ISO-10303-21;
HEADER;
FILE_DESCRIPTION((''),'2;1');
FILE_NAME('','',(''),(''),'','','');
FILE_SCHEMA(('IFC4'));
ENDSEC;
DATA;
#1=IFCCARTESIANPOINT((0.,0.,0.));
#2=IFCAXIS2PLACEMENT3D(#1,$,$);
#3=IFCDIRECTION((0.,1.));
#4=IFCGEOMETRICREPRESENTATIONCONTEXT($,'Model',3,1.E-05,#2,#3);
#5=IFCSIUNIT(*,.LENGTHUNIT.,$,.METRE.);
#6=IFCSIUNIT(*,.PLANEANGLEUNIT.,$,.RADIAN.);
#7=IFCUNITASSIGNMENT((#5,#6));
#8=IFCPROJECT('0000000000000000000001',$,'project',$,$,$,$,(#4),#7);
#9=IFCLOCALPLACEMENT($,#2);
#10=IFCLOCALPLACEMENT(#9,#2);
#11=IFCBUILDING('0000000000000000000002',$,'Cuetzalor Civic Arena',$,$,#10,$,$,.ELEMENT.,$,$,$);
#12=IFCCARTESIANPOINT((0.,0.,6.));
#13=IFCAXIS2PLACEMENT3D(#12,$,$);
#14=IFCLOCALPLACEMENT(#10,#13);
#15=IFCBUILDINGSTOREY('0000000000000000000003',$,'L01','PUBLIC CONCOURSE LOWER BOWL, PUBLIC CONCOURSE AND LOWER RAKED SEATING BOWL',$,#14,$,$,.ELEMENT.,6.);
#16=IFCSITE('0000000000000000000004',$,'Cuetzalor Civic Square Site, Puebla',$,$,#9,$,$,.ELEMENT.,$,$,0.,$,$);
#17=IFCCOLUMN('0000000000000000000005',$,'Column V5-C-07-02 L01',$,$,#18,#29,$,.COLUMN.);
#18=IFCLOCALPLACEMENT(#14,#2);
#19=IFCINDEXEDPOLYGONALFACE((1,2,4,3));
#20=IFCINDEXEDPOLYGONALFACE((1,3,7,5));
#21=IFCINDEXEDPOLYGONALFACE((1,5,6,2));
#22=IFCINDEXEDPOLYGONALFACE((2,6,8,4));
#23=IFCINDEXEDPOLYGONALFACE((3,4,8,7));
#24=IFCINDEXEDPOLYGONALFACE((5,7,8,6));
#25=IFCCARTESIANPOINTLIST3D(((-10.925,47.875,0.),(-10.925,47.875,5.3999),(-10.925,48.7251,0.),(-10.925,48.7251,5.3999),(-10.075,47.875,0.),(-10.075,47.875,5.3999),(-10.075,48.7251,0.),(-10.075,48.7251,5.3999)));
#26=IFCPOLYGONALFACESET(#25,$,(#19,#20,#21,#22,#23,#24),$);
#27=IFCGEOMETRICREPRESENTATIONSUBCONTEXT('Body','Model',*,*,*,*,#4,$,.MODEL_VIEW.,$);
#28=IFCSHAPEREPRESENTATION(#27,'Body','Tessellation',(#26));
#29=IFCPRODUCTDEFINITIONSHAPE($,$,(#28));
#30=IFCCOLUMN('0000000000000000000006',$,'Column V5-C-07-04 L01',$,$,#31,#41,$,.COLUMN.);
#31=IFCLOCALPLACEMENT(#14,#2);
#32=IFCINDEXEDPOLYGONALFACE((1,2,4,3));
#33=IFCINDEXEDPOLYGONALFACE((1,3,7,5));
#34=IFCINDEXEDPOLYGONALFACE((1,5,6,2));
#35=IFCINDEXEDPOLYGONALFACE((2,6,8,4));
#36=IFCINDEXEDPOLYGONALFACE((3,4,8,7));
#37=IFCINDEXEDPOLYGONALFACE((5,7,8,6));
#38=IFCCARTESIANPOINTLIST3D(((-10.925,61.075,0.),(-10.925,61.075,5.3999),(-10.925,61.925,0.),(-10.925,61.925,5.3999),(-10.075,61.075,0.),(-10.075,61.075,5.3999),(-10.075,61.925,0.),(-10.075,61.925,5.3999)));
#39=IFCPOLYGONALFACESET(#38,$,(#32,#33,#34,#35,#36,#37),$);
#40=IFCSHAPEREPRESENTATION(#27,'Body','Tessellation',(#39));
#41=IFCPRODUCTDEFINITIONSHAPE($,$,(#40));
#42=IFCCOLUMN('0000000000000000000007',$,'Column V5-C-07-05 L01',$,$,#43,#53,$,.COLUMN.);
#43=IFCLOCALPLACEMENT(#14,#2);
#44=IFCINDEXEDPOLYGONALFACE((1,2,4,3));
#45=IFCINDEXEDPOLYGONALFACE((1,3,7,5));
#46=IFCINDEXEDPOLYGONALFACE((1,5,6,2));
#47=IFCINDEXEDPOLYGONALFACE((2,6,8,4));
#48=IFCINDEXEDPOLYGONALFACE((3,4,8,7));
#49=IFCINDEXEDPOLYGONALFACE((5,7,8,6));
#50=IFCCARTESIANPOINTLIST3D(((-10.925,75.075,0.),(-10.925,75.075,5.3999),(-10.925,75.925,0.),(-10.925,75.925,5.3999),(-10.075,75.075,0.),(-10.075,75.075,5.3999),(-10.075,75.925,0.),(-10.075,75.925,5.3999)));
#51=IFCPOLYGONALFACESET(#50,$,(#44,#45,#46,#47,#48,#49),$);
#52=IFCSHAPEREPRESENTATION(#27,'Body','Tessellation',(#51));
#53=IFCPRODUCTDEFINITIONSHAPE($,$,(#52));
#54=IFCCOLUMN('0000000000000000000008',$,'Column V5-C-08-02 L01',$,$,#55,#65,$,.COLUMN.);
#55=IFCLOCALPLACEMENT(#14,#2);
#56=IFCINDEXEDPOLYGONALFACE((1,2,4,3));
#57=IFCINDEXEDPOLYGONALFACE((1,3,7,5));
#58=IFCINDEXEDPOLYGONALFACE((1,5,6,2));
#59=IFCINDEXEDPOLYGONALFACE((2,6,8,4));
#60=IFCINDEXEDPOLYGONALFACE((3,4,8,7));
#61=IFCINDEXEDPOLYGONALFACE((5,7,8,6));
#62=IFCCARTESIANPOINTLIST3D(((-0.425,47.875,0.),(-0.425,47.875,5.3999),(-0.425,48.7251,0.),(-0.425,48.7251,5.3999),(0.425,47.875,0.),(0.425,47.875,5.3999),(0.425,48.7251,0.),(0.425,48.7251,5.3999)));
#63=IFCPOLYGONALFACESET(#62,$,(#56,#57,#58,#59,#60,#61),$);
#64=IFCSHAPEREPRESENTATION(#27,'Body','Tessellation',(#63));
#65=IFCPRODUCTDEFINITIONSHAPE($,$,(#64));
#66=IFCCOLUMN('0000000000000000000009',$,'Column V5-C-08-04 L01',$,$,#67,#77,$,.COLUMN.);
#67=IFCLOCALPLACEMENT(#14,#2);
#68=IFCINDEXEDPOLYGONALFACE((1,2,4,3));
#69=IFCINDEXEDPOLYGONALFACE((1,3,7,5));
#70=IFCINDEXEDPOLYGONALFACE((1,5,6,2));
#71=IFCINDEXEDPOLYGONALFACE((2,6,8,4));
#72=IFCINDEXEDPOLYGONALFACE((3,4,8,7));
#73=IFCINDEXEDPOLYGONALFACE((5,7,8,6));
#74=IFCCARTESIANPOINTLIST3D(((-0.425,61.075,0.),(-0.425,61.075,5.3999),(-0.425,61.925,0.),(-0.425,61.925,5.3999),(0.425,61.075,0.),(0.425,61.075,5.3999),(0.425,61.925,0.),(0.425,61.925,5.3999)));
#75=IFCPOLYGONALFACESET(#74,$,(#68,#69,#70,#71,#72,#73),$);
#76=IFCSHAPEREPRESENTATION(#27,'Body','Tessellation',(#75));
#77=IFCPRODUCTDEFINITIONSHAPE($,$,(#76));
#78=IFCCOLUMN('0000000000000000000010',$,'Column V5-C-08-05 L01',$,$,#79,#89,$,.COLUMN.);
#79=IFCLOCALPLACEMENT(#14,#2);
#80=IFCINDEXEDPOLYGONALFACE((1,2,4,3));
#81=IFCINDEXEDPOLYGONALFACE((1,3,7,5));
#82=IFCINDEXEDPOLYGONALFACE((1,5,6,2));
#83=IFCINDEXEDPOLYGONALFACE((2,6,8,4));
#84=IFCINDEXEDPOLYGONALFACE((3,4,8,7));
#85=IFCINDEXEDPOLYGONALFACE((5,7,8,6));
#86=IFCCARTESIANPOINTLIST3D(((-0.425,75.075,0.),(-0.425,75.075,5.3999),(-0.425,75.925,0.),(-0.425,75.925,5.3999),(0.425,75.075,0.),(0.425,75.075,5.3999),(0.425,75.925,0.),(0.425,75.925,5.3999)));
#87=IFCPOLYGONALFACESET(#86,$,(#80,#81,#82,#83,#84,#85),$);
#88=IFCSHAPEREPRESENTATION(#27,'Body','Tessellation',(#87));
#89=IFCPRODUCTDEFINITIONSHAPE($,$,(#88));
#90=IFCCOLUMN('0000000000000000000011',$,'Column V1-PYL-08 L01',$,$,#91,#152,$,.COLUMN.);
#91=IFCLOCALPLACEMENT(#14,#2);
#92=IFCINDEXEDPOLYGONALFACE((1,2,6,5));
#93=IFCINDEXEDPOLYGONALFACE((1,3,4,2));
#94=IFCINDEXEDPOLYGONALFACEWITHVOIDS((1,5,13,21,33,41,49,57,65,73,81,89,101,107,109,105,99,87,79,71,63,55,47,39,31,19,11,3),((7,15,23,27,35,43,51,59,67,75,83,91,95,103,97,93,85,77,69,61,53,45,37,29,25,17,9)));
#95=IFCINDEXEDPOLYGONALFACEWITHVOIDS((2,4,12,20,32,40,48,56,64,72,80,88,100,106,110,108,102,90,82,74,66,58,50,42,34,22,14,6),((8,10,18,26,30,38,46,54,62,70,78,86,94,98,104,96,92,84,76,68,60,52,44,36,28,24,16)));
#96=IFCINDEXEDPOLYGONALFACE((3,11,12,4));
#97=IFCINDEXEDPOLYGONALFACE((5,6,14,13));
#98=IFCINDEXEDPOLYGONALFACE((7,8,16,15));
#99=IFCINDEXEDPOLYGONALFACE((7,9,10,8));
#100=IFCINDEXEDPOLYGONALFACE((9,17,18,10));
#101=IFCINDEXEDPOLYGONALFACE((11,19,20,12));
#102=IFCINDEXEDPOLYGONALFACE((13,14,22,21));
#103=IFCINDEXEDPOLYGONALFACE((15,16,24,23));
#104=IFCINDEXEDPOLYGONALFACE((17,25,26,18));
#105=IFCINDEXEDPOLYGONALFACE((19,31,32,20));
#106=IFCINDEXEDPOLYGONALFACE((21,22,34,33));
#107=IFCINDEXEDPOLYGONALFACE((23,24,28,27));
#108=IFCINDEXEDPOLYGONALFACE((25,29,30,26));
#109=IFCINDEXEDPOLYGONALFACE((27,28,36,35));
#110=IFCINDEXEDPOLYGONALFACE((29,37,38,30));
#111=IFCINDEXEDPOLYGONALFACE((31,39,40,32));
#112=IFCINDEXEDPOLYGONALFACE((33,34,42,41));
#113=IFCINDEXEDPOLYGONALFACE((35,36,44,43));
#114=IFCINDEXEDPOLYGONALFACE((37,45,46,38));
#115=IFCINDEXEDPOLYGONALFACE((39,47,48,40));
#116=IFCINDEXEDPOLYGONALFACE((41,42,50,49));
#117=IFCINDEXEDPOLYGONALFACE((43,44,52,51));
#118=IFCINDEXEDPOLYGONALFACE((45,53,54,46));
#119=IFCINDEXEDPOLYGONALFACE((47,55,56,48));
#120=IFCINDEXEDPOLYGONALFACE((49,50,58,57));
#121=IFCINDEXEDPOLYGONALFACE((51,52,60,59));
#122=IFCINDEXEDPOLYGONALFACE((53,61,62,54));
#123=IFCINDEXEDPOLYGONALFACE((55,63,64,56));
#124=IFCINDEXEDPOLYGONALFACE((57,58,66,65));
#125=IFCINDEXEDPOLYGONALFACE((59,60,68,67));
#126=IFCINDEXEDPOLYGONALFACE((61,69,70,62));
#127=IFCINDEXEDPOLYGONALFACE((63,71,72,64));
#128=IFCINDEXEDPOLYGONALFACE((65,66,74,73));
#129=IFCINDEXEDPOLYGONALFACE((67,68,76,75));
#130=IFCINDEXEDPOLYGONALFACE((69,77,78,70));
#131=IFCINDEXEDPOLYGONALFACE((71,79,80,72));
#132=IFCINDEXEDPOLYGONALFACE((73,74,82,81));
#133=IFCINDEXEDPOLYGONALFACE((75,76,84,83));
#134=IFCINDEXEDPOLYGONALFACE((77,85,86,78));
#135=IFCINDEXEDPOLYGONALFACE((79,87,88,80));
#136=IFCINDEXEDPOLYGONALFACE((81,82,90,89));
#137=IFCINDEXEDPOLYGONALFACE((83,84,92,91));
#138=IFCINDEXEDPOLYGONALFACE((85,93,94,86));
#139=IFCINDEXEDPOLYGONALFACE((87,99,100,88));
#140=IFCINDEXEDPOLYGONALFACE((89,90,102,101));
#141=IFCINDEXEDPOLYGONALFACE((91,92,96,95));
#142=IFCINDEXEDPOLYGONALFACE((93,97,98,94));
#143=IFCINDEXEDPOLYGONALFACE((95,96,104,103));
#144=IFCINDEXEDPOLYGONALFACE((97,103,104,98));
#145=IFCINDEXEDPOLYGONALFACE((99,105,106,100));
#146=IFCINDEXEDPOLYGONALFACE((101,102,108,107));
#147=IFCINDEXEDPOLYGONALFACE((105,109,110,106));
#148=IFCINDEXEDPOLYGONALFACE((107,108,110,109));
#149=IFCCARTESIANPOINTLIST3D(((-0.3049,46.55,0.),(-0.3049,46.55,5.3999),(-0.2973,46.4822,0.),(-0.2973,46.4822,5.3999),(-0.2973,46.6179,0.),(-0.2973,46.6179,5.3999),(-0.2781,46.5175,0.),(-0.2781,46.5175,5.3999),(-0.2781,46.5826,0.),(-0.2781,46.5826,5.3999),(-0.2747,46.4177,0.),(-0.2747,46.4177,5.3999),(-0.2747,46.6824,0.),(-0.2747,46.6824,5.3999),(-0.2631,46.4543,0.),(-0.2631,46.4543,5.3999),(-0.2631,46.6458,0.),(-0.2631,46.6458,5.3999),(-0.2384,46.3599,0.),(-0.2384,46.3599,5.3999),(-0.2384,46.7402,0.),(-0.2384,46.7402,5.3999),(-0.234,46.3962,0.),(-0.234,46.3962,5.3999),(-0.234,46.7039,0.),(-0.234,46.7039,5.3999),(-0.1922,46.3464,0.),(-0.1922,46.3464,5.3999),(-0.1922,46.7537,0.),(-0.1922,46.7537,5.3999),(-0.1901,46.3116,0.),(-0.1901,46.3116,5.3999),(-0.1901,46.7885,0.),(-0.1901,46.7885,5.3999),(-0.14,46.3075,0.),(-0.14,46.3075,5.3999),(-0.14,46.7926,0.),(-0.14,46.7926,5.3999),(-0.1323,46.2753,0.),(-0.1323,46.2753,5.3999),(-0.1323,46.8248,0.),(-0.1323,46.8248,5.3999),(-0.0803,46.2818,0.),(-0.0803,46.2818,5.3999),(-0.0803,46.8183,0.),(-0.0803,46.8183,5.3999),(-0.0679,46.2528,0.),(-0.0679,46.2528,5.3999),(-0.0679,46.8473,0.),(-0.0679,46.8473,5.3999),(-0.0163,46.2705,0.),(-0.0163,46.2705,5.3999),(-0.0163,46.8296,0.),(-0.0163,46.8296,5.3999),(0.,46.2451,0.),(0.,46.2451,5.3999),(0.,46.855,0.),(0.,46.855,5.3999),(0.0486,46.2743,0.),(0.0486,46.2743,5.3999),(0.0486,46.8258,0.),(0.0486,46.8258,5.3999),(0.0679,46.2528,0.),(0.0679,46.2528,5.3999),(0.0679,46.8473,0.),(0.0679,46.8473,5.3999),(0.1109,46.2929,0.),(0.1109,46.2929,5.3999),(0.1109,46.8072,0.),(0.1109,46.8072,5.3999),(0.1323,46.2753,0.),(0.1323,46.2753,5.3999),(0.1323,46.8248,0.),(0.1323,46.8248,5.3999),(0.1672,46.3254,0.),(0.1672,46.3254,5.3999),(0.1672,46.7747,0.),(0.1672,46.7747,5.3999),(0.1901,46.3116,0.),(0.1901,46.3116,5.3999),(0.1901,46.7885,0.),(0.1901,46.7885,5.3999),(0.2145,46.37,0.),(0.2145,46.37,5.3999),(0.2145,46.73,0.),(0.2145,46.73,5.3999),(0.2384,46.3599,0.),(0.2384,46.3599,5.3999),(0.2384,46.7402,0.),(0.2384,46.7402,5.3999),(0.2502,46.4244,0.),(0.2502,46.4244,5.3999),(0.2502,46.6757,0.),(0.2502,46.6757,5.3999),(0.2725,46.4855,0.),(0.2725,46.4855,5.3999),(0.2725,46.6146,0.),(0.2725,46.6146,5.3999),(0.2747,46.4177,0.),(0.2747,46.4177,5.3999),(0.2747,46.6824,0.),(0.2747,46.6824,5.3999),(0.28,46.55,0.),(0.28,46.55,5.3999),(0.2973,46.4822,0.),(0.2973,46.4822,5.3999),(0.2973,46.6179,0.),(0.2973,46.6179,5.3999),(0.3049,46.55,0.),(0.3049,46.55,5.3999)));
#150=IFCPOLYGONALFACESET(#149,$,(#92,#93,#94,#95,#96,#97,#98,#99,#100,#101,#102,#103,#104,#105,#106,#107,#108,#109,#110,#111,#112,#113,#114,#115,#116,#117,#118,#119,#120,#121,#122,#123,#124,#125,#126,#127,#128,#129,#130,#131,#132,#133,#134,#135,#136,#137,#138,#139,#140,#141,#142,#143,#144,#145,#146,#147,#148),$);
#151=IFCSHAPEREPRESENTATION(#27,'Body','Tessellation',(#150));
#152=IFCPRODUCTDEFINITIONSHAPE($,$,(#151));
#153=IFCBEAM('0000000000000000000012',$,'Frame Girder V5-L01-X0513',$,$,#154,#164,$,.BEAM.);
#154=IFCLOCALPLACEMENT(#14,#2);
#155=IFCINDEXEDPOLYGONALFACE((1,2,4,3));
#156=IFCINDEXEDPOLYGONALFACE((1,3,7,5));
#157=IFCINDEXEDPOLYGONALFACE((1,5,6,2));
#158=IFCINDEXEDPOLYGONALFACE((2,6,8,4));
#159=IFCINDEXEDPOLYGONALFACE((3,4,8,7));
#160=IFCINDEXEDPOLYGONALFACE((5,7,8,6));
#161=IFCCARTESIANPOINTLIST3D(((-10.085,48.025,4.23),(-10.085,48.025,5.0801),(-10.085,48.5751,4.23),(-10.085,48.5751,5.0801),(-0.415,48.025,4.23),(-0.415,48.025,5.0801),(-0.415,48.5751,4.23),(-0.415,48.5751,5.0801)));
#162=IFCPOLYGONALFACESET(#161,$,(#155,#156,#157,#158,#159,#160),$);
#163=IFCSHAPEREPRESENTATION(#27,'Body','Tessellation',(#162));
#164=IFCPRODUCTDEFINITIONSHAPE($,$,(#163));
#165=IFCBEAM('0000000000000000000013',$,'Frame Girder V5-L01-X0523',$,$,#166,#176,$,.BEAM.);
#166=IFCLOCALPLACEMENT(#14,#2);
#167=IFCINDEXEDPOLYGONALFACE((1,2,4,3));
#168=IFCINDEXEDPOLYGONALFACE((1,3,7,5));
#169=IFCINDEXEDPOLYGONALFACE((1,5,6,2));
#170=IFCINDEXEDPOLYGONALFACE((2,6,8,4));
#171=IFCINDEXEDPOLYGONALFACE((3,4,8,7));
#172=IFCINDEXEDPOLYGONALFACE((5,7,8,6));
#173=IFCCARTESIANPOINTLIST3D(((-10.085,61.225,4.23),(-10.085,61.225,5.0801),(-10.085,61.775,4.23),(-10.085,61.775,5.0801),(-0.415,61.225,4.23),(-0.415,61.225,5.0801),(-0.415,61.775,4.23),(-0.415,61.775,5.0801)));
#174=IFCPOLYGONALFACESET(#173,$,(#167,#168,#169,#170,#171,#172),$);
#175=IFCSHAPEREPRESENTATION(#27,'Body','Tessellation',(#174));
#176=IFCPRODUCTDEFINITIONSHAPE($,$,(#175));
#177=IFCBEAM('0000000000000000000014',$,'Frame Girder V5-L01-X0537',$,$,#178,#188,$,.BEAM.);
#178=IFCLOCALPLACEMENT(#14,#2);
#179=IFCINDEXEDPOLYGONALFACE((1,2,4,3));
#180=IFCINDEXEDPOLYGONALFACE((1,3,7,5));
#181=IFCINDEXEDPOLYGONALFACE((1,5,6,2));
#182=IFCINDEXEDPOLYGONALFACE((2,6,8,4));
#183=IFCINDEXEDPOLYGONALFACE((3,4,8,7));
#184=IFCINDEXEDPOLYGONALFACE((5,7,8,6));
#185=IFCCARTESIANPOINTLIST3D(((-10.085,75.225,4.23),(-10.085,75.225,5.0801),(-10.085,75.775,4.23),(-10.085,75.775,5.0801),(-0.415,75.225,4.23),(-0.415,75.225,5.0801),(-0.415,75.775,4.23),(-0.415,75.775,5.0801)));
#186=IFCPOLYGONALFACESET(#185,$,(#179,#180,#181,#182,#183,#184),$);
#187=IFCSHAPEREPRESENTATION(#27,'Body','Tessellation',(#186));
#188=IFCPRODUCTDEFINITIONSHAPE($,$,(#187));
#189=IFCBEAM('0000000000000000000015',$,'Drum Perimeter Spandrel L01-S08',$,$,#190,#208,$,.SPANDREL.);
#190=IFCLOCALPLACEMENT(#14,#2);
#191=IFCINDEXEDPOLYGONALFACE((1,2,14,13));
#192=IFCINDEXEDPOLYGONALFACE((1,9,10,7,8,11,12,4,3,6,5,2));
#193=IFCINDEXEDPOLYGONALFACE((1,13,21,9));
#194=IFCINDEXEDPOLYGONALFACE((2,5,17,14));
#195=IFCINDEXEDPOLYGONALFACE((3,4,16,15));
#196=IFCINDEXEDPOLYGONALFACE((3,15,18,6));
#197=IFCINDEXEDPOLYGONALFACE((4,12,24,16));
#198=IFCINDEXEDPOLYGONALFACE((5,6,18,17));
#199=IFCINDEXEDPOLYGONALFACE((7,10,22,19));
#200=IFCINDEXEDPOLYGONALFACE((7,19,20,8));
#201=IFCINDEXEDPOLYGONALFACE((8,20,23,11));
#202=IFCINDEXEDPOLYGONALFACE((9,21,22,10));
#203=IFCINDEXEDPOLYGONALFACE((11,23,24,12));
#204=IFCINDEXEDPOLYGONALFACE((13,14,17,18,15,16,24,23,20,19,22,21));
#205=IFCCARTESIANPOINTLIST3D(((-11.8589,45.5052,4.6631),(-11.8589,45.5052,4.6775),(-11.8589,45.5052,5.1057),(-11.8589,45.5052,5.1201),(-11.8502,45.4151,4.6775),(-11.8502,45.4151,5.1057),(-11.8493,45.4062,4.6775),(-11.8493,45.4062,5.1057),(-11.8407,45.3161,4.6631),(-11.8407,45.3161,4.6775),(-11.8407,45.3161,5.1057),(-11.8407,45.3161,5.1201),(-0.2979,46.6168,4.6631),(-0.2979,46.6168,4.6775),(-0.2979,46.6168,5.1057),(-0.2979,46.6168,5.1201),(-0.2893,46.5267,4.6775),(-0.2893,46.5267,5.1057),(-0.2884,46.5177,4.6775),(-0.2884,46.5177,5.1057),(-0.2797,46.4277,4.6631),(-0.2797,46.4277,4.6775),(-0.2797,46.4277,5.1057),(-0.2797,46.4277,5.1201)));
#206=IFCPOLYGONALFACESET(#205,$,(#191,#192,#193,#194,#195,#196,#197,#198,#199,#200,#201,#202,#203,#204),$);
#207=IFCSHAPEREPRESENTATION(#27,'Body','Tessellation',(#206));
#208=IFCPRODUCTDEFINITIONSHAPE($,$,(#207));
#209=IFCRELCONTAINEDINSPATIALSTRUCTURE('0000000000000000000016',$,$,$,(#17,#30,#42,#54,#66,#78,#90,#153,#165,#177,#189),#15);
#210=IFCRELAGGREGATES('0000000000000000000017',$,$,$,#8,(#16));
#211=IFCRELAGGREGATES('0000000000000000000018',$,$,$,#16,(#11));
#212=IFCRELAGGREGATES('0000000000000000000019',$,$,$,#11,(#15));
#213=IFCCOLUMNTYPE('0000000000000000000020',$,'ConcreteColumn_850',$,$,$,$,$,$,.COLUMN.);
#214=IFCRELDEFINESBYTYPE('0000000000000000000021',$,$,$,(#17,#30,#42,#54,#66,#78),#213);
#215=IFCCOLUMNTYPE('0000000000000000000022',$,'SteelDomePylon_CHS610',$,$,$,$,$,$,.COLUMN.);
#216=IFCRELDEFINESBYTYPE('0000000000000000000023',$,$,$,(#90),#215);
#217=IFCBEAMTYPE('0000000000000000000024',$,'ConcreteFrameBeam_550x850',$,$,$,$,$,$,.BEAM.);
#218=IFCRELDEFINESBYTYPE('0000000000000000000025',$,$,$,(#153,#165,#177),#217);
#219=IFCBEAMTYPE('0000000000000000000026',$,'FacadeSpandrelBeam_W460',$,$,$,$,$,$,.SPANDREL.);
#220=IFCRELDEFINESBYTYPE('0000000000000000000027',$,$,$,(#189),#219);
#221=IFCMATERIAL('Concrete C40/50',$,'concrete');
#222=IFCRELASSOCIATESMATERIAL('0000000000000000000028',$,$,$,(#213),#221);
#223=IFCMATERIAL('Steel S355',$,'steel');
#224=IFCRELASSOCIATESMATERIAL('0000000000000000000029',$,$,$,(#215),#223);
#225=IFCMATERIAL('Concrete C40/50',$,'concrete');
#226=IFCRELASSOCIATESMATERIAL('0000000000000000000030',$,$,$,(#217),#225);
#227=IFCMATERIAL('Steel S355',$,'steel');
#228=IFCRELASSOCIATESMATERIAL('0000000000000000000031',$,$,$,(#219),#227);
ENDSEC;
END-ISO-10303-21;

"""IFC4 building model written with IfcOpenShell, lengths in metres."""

from ifc_helpers import new_model, si_unit, direction, frame, origin, origin_2d, place, context, subcontext, project, spatial, rectangle, hollow_circle, i_section, extrude, material, material_profile, profile_set, type_object, element, save


model = new_model("IFC4")

# Units and contexts
model_context = context("Model", 3, precision=1e-05, world=origin(), true_north=direction((0.0, 1.0)))
body_context = subcontext(model_context, "Body", "Model", "MODEL_VIEW")
ifc_project = project(units=[si_unit("LENGTHUNIT", "METRE"), si_unit("PLANEANGLEUNIT", "RADIAN")], contexts=[model_context])

# Site, building, storey
site_placement = place(None, origin())
site = spatial("IfcSite", under=ifc_project, at=site_placement, Name="Cuetzalor Civic Square Site, Puebla", CompositionType="ELEMENT", RefElevation=0.0)
building_placement = place(site_placement, origin())
building = spatial("IfcBuilding", under=site, at=building_placement, Name="Cuetzalor Civic Arena", CompositionType="ELEMENT")
storey_placement = place(building_placement, frame((0.0, 0.0, 6.0)))
storey = spatial("IfcBuildingStorey", under=building, at=storey_placement, Name="L01", Description="PUBLIC CONCOURSE LOWER BOWL, PUBLIC CONCOURSE AND LOWER RAKED SEATING BOWL", CompositionType="ELEMENT", Elevation=6.0)

# Columns
ifc_material_1 = material(Name="Concrete C40/50", Category="concrete")
ifc_material_profile_1 = material_profile(ifc_material_1, rectangle(XDim=0.8501, YDim=0.8501, at=origin_2d()), Name="RC 850x850")
ifc_profile_set_1 = profile_set([ifc_material_profile_1], Name="Concrete C40/50")
column_type_1 = type_object("IfcColumnType", Name="ConcreteColumn_850", PredefinedType="COLUMN", material=ifc_profile_set_1)
for number, where, z_axis, x_axis, name in (
    (1, (-10.5, 48.3, 0.0), (0.0, 0.0, 1.0), (1.0, 0.0, 0.0), "Column V5-C-07-02 L01"),
    (2, (-10.5, 61.5, 0.0), (0.0, 0.0, 1.0), (1.0, 0.0, 0.0), "Column V5-C-07-04 L01"),
    (3, (-10.5, 75.5, 0.0), (0.0, 0.0, 1.0), (1.0, 0.0, 0.0), "Column V5-C-07-05 L01"),
    (4, (0.0, 48.3, 0.0), (0.0, 0.0, 1.0), (1.0, 0.0, 0.0), "Column V5-C-08-02 L01"),
    (5, (0.0, 61.5, 0.0), (0.0, 0.0, 1.0), (1.0, 0.0, 0.0), "Column V5-C-08-04 L01"),
    (6, (0.0, 75.5, 0.0), (0.0, 0.0, 1.0), (1.0, 0.0, 0.0), "Column V5-C-08-05 L01"),
):
    element("IfcColumn", number, at=place(storey_placement, frame(where, z_axis=z_axis, x_axis=x_axis)), inside=storey, type_object=column_type_1, Name=name, PredefinedType="COLUMN", context=body_context, shape_type="SweptSolid", body=[
        extrude(rectangle(XDim=0.8501, YDim=0.8501, at=origin_2d()), origin(), (0.0, 0.0, 1.0), 5.3999),
    ])
ifc_material_2 = material(Name="Steel S355", Category="steel")
ifc_material_profile_2 = material_profile(ifc_material_2, hollow_circle(Radius=0.3049, WallThickness=0.0249, at=origin_2d()), Name="CHS 610x25")
ifc_profile_set_2 = profile_set([ifc_material_profile_2], Name="Steel S355")
column_type_2 = type_object("IfcColumnType", Name="SteelDomePylon_CHS610", PredefinedType="COLUMN", material=ifc_profile_set_2)
column_placement = place(storey_placement, frame((0.0, 46.55, 0.0), z_axis=(0.0, 0.0, 1.0), x_axis=(1.0, 0.0, 0.0)))
element("IfcColumn", 7, at=column_placement, inside=storey, type_object=column_type_2, Name="Column V1-PYL-08 L01", PredefinedType="COLUMN", context=body_context, shape_type="SweptSolid", body=[
    extrude(hollow_circle(Radius=0.3049, WallThickness=0.0249, at=origin_2d()), origin(), (0.0, 0.0, 1.0), 5.3999),
])

# Beams
ifc_material_3 = material(Name="Concrete C40/50", Category="concrete")
ifc_material_profile_3 = material_profile(ifc_material_3, rectangle(XDim=0.55, YDim=0.8501, at=origin_2d()), Name="RC 550x850")
ifc_profile_set_3 = profile_set([ifc_material_profile_3], Name="Concrete C40/50")
beam_type_1 = type_object("IfcBeamType", Name="ConcreteFrameBeam_550x850", PredefinedType="BEAM", material=ifc_profile_set_3)
for number, where, z_axis, x_axis, name in (
    (8, (-10.085, 48.3, 4.655), (1.0, 0.0, 0.0), (0.0, 1.0, 0.0), "Frame Girder V5-L01-X0513"),
    (9, (-10.085, 61.5, 4.655), (1.0, 0.0, 0.0), (0.0, 1.0, 0.0), "Frame Girder V5-L01-X0523"),
    (10, (-10.085, 75.5, 4.655), (1.0, 0.0, 0.0), (0.0, 1.0, 0.0), "Frame Girder V5-L01-X0537"),
):
    element("IfcBeam", number, at=place(storey_placement, frame(where, z_axis=z_axis, x_axis=x_axis)), inside=storey, type_object=beam_type_1, Name=name, PredefinedType="BEAM", context=body_context, shape_type="SweptSolid", body=[
        extrude(rectangle(XDim=0.55, YDim=0.8501, at=origin_2d()), origin(), (0.0, 0.0, 1.0), 9.6699),
    ])
ifc_material_4 = material(Name="Steel S355", Category="steel")
ifc_material_profile_4 = material_profile(ifc_material_4, i_section(OverallWidth=0.1899, OverallDepth=0.457, WebThickness=0.009, FlangeThickness=0.0144, at=origin_2d()), Name="W460x74")
ifc_profile_set_4 = profile_set([ifc_material_profile_4], Name="Steel S355")
beam_type_2 = type_object("IfcBeamType", Name="FacadeSpandrelBeam_W460", PredefinedType="SPANDREL", material=ifc_profile_set_4)
beam_1_placement = place(storey_placement, frame((-0.2888, 46.5222, 4.8916), z_axis=(-0.99541, -0.095707, 0.0), x_axis=(0.095707, -0.99541, 0.0)))
element("IfcBeam", 11, at=beam_1_placement, inside=storey, type_object=beam_type_2, Name="Drum Perimeter Spandrel L01-S08", PredefinedType="SPANDREL", context=body_context, shape_type="SweptSolid", body=[
    extrude(i_section(OverallWidth=0.1899, OverallDepth=0.457, WebThickness=0.009, FlangeThickness=0.0144, at=origin_2d()), origin(), (0.0, 0.0, 1.0), 11.6143),
])

save(model, "model.ifc")
